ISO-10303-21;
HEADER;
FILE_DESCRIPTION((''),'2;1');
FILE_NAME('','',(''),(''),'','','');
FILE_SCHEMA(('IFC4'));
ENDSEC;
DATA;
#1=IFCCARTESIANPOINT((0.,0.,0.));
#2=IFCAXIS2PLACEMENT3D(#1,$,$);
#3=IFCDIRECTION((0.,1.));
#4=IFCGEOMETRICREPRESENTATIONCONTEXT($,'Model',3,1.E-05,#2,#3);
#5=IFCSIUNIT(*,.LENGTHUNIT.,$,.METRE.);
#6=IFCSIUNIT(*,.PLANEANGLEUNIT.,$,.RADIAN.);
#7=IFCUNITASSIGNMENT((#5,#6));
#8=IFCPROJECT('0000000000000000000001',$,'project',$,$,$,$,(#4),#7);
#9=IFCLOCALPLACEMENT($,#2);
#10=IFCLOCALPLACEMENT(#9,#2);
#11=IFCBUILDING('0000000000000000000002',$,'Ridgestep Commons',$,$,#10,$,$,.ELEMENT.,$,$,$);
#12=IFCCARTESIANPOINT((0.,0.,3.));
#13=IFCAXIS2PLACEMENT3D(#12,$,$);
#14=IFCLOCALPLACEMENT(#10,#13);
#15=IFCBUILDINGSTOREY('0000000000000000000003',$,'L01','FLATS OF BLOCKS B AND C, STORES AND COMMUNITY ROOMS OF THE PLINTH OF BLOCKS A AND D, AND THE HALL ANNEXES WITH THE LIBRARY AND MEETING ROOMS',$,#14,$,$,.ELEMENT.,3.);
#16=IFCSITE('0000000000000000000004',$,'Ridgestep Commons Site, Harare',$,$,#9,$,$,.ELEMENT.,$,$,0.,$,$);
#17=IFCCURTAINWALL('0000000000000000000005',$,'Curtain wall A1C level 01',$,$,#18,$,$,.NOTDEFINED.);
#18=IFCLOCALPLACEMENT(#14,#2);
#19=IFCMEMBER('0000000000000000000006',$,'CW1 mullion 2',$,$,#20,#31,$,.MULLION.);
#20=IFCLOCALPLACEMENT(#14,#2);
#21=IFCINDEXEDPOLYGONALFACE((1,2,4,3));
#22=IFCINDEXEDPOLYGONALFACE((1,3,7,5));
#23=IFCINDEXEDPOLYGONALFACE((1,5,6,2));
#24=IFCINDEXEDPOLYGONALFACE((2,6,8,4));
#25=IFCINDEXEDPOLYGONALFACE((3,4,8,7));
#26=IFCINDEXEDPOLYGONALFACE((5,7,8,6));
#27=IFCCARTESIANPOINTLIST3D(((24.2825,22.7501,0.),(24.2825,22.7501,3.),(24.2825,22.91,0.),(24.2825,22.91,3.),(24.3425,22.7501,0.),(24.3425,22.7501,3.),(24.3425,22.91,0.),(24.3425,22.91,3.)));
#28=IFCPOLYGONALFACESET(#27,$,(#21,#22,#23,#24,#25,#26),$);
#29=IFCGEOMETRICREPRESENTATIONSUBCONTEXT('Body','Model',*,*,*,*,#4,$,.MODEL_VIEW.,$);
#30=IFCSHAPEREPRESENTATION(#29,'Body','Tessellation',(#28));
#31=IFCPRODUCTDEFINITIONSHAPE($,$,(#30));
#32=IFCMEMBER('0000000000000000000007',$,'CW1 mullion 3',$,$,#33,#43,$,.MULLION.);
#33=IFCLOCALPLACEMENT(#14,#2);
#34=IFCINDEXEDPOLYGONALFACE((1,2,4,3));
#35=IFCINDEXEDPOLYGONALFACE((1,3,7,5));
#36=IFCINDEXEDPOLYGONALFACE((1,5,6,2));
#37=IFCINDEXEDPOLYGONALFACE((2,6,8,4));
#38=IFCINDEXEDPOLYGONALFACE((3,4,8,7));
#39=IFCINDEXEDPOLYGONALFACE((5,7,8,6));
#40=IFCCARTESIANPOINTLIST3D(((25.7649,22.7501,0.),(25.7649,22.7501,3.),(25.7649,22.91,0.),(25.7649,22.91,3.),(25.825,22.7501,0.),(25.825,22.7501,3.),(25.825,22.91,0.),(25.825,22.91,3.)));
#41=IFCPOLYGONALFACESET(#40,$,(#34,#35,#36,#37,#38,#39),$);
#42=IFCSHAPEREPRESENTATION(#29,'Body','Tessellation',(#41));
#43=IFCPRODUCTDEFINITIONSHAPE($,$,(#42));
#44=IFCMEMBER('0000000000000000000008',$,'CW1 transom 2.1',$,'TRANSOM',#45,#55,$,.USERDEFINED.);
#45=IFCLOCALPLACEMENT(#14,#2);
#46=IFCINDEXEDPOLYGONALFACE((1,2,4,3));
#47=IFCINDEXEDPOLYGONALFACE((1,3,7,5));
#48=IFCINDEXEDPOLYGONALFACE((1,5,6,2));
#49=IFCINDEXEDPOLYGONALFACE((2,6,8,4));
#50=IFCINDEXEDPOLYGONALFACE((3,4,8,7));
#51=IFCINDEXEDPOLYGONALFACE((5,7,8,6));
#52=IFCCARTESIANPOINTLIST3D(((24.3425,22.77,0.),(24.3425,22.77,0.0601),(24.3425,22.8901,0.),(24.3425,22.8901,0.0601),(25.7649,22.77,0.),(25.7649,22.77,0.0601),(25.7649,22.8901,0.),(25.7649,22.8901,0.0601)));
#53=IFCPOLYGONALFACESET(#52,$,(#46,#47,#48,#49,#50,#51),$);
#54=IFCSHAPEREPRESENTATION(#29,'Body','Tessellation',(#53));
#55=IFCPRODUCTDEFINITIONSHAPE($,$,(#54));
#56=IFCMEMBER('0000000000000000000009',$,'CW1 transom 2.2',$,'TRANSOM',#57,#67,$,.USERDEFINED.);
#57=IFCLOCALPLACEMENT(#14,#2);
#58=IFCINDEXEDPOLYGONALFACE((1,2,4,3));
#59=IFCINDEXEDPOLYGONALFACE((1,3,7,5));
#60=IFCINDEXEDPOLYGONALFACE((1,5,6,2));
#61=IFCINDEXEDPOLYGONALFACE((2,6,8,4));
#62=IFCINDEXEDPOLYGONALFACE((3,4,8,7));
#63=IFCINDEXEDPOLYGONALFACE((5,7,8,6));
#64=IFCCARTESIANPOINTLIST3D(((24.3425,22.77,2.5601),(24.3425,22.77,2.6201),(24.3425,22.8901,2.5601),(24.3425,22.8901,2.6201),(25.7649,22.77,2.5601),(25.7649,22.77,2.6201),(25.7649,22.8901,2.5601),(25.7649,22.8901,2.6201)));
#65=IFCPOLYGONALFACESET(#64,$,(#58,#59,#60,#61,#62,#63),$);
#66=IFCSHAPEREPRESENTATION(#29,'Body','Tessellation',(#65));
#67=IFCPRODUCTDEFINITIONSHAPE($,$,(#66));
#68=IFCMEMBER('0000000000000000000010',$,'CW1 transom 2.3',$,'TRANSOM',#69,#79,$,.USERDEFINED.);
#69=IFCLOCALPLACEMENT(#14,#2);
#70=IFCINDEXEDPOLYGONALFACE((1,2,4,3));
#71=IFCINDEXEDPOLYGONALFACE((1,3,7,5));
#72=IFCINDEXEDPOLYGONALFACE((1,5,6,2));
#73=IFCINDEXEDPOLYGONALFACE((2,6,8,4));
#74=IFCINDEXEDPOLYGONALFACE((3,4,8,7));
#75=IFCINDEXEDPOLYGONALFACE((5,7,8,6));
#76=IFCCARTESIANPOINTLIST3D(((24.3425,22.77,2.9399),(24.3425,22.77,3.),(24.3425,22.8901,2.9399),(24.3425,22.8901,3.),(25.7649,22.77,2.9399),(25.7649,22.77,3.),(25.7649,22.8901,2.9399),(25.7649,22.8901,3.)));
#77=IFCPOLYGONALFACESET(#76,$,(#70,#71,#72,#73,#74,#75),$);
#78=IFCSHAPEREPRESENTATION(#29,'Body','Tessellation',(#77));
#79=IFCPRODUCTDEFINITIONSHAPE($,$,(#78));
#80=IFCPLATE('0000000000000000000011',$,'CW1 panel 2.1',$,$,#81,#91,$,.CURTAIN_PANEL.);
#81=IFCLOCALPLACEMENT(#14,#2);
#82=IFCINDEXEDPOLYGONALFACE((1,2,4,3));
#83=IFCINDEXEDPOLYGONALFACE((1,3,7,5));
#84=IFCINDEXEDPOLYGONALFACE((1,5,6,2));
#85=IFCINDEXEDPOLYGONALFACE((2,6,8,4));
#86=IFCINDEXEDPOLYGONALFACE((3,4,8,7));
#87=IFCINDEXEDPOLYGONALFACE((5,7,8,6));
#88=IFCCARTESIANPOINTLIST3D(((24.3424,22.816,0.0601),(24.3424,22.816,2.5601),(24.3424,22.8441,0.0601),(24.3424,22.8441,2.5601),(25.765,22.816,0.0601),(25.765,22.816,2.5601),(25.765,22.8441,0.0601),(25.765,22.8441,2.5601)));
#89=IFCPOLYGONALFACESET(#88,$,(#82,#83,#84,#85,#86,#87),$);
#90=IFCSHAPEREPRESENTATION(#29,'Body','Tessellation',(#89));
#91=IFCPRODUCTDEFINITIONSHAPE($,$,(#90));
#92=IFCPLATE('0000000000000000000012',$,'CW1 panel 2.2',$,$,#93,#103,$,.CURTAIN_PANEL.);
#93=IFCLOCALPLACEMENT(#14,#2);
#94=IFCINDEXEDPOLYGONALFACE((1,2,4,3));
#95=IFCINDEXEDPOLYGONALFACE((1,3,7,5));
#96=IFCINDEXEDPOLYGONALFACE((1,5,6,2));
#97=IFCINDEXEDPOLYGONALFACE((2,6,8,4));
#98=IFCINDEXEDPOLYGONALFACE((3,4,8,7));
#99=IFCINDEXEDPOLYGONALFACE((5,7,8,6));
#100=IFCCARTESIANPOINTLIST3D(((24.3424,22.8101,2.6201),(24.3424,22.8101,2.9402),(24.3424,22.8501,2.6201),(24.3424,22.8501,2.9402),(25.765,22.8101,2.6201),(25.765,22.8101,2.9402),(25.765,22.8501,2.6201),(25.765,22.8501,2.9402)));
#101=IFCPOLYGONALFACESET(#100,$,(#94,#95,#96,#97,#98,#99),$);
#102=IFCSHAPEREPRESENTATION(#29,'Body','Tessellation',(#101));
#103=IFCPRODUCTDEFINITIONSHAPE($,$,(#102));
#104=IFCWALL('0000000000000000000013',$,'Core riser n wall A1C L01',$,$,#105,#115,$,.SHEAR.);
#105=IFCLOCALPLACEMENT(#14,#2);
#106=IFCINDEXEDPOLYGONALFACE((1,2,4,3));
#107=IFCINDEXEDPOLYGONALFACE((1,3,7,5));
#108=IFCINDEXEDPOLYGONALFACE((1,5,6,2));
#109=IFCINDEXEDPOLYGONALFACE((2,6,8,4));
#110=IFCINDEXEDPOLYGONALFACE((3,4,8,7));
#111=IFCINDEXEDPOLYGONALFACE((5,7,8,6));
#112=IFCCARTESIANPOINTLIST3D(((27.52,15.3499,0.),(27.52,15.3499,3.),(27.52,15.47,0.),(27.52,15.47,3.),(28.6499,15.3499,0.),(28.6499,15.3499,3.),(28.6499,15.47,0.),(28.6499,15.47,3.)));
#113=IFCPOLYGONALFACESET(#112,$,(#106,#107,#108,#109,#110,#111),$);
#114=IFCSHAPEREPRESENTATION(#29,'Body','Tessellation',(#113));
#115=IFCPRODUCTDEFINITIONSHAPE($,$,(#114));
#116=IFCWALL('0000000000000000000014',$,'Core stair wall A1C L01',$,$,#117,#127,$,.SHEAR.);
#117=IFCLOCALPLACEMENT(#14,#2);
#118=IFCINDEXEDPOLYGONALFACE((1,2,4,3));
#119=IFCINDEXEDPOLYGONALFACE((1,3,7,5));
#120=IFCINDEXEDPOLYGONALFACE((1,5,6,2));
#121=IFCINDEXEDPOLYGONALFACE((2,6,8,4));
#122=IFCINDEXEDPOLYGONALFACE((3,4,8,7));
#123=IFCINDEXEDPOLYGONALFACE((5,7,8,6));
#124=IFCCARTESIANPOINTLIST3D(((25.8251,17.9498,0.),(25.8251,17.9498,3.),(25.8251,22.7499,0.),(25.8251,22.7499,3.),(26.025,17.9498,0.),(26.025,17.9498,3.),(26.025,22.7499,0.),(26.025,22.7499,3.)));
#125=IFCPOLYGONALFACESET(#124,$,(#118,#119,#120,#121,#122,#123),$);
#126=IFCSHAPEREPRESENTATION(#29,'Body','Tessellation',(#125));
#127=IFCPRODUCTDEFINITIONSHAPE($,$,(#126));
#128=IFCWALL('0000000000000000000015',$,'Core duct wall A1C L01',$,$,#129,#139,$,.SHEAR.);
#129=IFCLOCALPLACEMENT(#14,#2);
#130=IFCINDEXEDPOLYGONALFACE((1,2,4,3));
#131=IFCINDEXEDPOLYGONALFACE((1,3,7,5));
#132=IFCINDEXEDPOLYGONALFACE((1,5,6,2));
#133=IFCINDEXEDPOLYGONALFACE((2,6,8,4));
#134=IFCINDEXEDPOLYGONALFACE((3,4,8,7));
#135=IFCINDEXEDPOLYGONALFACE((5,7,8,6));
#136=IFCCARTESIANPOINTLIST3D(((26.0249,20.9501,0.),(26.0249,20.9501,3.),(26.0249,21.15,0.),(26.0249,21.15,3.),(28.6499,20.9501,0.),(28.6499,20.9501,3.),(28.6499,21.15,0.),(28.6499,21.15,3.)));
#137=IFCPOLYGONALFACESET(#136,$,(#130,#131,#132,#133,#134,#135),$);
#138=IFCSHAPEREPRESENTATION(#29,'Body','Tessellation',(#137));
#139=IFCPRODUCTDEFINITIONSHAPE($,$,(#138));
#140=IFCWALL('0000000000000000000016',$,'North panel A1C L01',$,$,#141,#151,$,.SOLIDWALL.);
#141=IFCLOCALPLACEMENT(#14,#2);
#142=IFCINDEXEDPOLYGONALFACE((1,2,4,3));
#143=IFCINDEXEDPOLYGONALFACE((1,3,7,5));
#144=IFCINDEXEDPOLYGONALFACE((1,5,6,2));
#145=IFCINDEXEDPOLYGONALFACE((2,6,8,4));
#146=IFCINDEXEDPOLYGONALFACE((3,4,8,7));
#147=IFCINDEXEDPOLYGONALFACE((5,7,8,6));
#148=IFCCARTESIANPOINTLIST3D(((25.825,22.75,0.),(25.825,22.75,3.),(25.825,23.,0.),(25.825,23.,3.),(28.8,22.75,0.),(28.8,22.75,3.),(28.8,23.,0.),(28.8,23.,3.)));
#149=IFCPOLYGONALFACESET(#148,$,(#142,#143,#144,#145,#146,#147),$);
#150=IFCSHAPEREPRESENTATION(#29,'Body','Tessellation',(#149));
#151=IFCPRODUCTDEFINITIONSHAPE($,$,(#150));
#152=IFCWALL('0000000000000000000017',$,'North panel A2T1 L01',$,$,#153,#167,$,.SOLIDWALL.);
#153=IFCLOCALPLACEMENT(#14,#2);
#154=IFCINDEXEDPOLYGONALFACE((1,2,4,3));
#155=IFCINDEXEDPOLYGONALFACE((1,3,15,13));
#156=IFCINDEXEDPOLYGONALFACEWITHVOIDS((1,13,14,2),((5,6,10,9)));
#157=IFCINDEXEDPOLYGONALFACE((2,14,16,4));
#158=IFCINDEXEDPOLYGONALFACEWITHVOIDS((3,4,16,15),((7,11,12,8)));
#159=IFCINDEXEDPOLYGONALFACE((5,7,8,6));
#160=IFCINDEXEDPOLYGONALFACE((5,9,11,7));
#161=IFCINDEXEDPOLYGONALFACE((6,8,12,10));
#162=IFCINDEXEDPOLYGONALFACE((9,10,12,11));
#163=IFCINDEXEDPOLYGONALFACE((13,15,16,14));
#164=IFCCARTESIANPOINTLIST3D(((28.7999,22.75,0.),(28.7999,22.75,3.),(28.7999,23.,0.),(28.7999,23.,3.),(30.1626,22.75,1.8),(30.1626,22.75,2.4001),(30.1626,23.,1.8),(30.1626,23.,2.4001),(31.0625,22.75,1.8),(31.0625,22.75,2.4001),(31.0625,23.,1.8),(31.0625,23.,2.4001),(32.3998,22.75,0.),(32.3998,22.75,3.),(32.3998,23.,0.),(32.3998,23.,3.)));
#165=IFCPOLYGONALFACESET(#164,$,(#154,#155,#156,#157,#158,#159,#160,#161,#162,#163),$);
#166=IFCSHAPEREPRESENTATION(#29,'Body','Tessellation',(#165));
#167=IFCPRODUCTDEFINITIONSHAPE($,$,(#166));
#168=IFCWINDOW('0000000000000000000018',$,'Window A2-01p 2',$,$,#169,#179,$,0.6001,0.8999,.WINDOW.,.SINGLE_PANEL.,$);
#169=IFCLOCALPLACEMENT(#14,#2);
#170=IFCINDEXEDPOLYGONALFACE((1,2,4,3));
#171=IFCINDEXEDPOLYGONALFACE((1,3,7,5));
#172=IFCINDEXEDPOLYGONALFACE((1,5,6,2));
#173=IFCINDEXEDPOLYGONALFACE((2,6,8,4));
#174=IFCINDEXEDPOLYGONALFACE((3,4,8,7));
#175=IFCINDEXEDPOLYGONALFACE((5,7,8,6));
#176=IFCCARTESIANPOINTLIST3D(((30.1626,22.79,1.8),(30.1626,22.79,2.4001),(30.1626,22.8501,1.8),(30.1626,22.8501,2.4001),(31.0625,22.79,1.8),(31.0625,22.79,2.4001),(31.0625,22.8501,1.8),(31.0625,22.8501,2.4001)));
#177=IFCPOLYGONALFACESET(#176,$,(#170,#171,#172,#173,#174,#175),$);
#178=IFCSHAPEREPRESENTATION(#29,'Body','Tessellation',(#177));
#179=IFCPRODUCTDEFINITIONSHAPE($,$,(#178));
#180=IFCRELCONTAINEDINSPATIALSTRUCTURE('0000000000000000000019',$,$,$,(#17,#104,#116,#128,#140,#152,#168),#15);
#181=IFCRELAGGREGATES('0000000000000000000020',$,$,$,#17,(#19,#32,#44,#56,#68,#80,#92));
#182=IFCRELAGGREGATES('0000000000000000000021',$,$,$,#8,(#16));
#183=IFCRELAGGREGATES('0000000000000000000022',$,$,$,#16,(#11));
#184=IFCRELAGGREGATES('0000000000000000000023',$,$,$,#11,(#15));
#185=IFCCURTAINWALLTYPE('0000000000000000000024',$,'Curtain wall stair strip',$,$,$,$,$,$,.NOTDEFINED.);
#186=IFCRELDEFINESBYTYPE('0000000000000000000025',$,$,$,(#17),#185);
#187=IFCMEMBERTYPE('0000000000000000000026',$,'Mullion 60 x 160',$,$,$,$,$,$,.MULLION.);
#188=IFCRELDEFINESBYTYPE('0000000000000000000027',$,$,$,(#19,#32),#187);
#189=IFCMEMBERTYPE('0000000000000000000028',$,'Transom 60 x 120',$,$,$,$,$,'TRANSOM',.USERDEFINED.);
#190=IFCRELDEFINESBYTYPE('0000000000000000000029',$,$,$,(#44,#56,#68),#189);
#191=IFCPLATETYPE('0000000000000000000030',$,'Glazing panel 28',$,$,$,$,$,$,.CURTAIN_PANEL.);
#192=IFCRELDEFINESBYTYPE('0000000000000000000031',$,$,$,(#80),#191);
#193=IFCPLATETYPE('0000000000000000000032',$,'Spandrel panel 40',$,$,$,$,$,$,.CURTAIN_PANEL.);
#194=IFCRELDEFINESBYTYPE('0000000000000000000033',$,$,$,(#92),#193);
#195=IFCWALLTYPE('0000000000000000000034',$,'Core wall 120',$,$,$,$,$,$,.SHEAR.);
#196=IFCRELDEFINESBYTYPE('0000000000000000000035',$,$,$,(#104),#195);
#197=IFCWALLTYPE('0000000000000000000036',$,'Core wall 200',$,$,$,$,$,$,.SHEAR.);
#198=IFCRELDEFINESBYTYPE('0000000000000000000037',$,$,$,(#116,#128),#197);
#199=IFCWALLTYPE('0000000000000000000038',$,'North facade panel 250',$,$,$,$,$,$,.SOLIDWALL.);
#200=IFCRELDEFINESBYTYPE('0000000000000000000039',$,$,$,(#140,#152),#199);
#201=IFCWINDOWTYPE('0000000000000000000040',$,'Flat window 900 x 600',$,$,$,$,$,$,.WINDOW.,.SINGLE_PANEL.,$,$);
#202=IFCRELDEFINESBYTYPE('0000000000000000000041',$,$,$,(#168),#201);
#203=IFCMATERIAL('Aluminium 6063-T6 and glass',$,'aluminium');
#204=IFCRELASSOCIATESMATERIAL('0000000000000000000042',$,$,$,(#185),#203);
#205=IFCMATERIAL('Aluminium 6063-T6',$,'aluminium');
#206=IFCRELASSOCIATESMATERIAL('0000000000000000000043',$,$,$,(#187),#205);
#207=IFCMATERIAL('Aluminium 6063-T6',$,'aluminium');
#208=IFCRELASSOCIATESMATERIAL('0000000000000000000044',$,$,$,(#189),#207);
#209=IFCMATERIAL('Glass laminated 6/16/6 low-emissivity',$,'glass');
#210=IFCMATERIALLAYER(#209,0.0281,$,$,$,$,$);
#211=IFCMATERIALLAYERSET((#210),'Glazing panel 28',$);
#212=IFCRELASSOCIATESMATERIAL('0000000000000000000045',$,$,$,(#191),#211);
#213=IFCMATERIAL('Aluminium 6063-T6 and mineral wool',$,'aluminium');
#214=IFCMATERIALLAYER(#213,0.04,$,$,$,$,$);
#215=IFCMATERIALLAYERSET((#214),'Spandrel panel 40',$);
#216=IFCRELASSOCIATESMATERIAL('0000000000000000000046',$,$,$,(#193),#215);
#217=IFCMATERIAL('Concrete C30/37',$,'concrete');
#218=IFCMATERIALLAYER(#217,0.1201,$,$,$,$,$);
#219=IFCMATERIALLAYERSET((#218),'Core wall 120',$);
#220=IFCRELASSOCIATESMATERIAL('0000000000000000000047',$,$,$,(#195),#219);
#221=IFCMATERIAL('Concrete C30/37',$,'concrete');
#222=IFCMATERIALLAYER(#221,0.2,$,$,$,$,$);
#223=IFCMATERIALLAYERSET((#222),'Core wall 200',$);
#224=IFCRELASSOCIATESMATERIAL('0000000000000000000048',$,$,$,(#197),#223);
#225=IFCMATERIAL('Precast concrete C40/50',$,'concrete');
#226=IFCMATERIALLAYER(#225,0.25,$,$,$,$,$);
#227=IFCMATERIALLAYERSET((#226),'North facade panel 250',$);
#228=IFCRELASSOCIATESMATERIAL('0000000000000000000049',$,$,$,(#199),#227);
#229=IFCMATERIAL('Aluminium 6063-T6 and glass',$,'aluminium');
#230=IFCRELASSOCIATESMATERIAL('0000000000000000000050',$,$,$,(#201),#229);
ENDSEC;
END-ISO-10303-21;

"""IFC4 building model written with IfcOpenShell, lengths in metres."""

from ifc_helpers import new_model, si_unit, direction, frame, frame_2d, origin, origin_2d, place, context, subcontext, project, spatial, rectangle, extrude, material, layer, layer_set, material_profile, profile_set, type_object, element, fill, aggregate, save


model = new_model("IFC4")

# Units and contexts
model_context = context("Model", 3, precision=1e-05, world=origin(), true_north=direction((0.0, 1.0)))
body_context = subcontext(model_context, "Body", "Model", "MODEL_VIEW")
ifc_project = project(units=[si_unit("LENGTHUNIT", "METRE"), si_unit("PLANEANGLEUNIT", "RADIAN")], contexts=[model_context])

# Site, building, storey
site_placement = place(None, origin())
site = spatial("IfcSite", under=ifc_project, at=site_placement, Name="Ridgestep Commons Site, Harare", CompositionType="ELEMENT", RefElevation=0.0)
building_placement = place(site_placement, origin())
building = spatial("IfcBuilding", under=site, at=building_placement, Name="Ridgestep Commons", CompositionType="ELEMENT")
storey_placement = place(building_placement, frame((0.0, 0.0, 3.0)))
storey = spatial("IfcBuildingStorey", under=building, at=storey_placement, Name="L01", Description="FLATS OF BLOCKS B AND C, STORES AND COMMUNITY ROOMS OF THE PLINTH OF BLOCKS A AND D, AND THE HALL ANNEXES WITH THE LIBRARY AND MEETING ROOMS", CompositionType="ELEMENT", Elevation=3.0)

# Curtain wall, members, plates
ifc_material_1 = material(Name="Aluminium 6063-T6 and glass", Category="aluminium")
curtain_wall_type = type_object("IfcCurtainWallType", Name="Curtain wall stair strip", PredefinedType="NOTDEFINED", material=ifc_material_1)
curtain_wall_placement = place(storey_placement, origin())
curtain_wall = element("IfcCurtainWall", 1, at=curtain_wall_placement, inside=storey, type_object=curtain_wall_type, Name="Curtain wall A1C level 01", PredefinedType="NOTDEFINED")
ifc_material_2 = material(Name="Aluminium 6063-T6", Category="aluminium")
ifc_material_profile_1 = material_profile(ifc_material_2, rectangle(XDim=0.1599, YDim=0.0601, at=origin_2d()), Name="Mullion 60 x 160")
ifc_profile_set_1 = profile_set([ifc_material_profile_1], Name="Aluminium 6063-T6")
member_type_1 = type_object("IfcMemberType", Name="Mullion 60 x 160", PredefinedType="MULLION", material=ifc_profile_set_1)
member_1_placement = place(storey_placement, frame((24.3125, 22.8301, 0.0), z_axis=(0.0, 0.0, 1.0), x_axis=(0.0, 1.0, 0.0)))
member_1 = element("IfcMember", 2, at=member_1_placement, type_object=member_type_1, Name="CW1 mullion 2", PredefinedType="MULLION", context=body_context, shape_type="SweptSolid", body=[
    extrude(rectangle(XDim=0.1599, YDim=0.0601, at=origin_2d()), origin(), (0.0, 0.0, 1.0), 3.0),
])
member_2_placement = place(storey_placement, frame((25.7949, 22.8301, 0.0), z_axis=(0.0, 0.0, 1.0), x_axis=(0.0, 1.0, 0.0)))
member_2 = element("IfcMember", 3, at=member_2_placement, type_object=member_type_1, Name="CW1 mullion 3", PredefinedType="MULLION", context=body_context, shape_type="SweptSolid", body=[
    extrude(rectangle(XDim=0.1599, YDim=0.0601, at=origin_2d()), origin(), (0.0, 0.0, 1.0), 3.0),
])
ifc_material_3 = material(Name="Aluminium 6063-T6", Category="aluminium")
ifc_material_profile_2 = material_profile(ifc_material_3, rectangle(XDim=0.1201, YDim=0.0601, at=origin_2d()), Name="Transom 60 x 120")
ifc_profile_set_2 = profile_set([ifc_material_profile_2], Name="Aluminium 6063-T6")
member_type_2 = type_object("IfcMemberType", Name="Transom 60 x 120", ElementType="TRANSOM", PredefinedType="USERDEFINED", material=ifc_profile_set_2)
member_3_placement = place(storey_placement, frame((24.3425, 22.8301, 0.03), z_axis=(1.0, 0.0, 0.0), x_axis=(0.0, 1.0, 0.0)))
member_3 = element("IfcMember", 4, at=member_3_placement, type_object=member_type_2, Name="CW1 transom 2.1", ObjectType="TRANSOM", PredefinedType="USERDEFINED", context=body_context, shape_type="SweptSolid", body=[
    extrude(rectangle(XDim=0.1201, YDim=0.0601, at=origin_2d()), origin(), (0.0, 0.0, 1.0), 1.4224),
])
member_4_placement = place(storey_placement, frame((24.3425, 22.8301, 2.5901), z_axis=(1.0, 0.0, 0.0), x_axis=(0.0, 1.0, 0.0)))
member_4 = element("IfcMember", 5, at=member_4_placement, type_object=member_type_2, Name="CW1 transom 2.2", ObjectType="TRANSOM", PredefinedType="USERDEFINED", context=body_context, shape_type="SweptSolid", body=[
    extrude(rectangle(XDim=0.1201, YDim=0.0601, at=origin_2d()), origin(), (0.0, 0.0, 1.0), 1.4224),
])
member_5_placement = place(storey_placement, frame((24.3425, 22.8301, 2.97), z_axis=(1.0, 0.0, 0.0), x_axis=(0.0, 1.0, 0.0)))
member_5 = element("IfcMember", 6, at=member_5_placement, type_object=member_type_2, Name="CW1 transom 2.3", ObjectType="TRANSOM", PredefinedType="USERDEFINED", context=body_context, shape_type="SweptSolid", body=[
    extrude(rectangle(XDim=0.1201, YDim=0.0601, at=origin_2d()), origin(), (0.0, 0.0, 1.0), 1.4224),
])
ifc_material_4 = material(Name="Glass laminated 6/16/6 low-emissivity", Category="glass")
ifc_layer_1 = layer(ifc_material_4, 0.0281)
ifc_layer_set_1 = layer_set([ifc_layer_1], Name="Glazing panel 28")
plate_type_1 = type_object("IfcPlateType", Name="Glazing panel 28", PredefinedType="CURTAIN_PANEL", material=ifc_layer_set_1)
plate_1_placement = place(storey_placement, frame((25.0537, 22.8301, 0.0601), z_axis=(0.0, 0.0, 1.0), x_axis=(1.0, 0.0, 0.0)))
plate_1 = element("IfcPlate", 7, at=plate_1_placement, type_object=plate_type_1, Name="CW1 panel 2.1", PredefinedType="CURTAIN_PANEL", context=body_context, shape_type="SweptSolid", body=[
    extrude(rectangle(XDim=1.4226, YDim=0.0281, at=origin_2d()), origin(), (0.0, 0.0, 1.0), 2.5),
])
ifc_material_5 = material(Name="Aluminium 6063-T6 and mineral wool", Category="aluminium")
ifc_layer_2 = layer(ifc_material_5, 0.04)
ifc_layer_set_2 = layer_set([ifc_layer_2], Name="Spandrel panel 40")
plate_type_2 = type_object("IfcPlateType", Name="Spandrel panel 40", PredefinedType="CURTAIN_PANEL", material=ifc_layer_set_2)
plate_2_placement = place(storey_placement, frame((25.0537, 22.8301, 2.6201), z_axis=(0.0, 0.0, 1.0), x_axis=(1.0, 0.0, 0.0)))
plate_2 = element("IfcPlate", 8, at=plate_2_placement, type_object=plate_type_2, Name="CW1 panel 2.2", PredefinedType="CURTAIN_PANEL", context=body_context, shape_type="SweptSolid", body=[
    extrude(rectangle(XDim=1.4226, YDim=0.04, at=origin_2d()), origin(), (0.0, 0.0, 1.0), 0.3201),
])
aggregate(curtain_wall, [member_1, member_2, member_3, member_4, member_5, plate_1, plate_2])

# Walls
ifc_material_6 = material(Name="Concrete C30/37", Category="concrete")
ifc_layer_3 = layer(ifc_material_6, 0.1201)
ifc_layer_set_3 = layer_set([ifc_layer_3], Name="Core wall 120")
wall_type_1 = type_object("IfcWallType", Name="Core wall 120", PredefinedType="SHEAR", material=ifc_layer_set_3)
wall_1_placement = place(storey_placement, frame((27.52, 15.4099, 0.0), z_axis=(0.0, 0.0, 1.0), x_axis=(1.0, 0.0, 0.0)))
element("IfcWall", 9, at=wall_1_placement, inside=storey, type_object=wall_type_1, Name="Core riser n wall A1C L01", PredefinedType="SHEAR", context=body_context, shape_type="SweptSolid", body=[
    extrude(rectangle(XDim=1.1299, YDim=0.1201, at=frame_2d((0.5649, 0.0))), origin(), (0.0, 0.0, 1.0), 3.0),
])
ifc_material_7 = material(Name="Concrete C30/37", Category="concrete")
ifc_layer_4 = layer(ifc_material_7, 0.2)
ifc_layer_set_4 = layer_set([ifc_layer_4], Name="Core wall 200")
wall_type_2 = type_object("IfcWallType", Name="Core wall 200", PredefinedType="SHEAR", material=ifc_layer_set_4)
wall_2_placement = place(storey_placement, frame((25.925, 17.95, 0.0), z_axis=(0.0, 0.0, 1.0), x_axis=(0.0, 1.0, 0.0)))
element("IfcWall", 10, at=wall_2_placement, inside=storey, type_object=wall_type_2, Name="Core stair wall A1C L01", PredefinedType="SHEAR", context=body_context, shape_type="SweptSolid", body=[
    extrude(rectangle(XDim=4.8, YDim=0.2, at=frame_2d((2.3999, 0.0))), origin(), (0.0, 0.0, 1.0), 3.0),
])
wall_3_placement = place(storey_placement, frame((26.0249, 21.05, 0.0), z_axis=(0.0, 0.0, 1.0), x_axis=(1.0, 0.0, 0.0)))
element("IfcWall", 11, at=wall_3_placement, inside=storey, type_object=wall_type_2, Name="Core duct wall A1C L01", PredefinedType="SHEAR", context=body_context, shape_type="SweptSolid", body=[
    extrude(rectangle(XDim=2.625, YDim=0.2, at=frame_2d((1.3125, 0.0))), origin(), (0.0, 0.0, 1.0), 3.0),
])
ifc_material_8 = material(Name="Precast concrete C40/50", Category="concrete")
ifc_layer_5 = layer(ifc_material_8, 0.25)
ifc_layer_set_5 = layer_set([ifc_layer_5], Name="North facade panel 250")
wall_type_3 = type_object("IfcWallType", Name="North facade panel 250", PredefinedType="SOLIDWALL", material=ifc_layer_set_5)
wall_4_placement = place(storey_placement, frame((25.825, 22.875, 0.0), z_axis=(0.0, 0.0, 1.0), x_axis=(1.0, 0.0, 0.0)))
element("IfcWall", 12, at=wall_4_placement, inside=storey, type_object=wall_type_3, Name="North panel A1C L01", PredefinedType="SOLIDWALL", context=body_context, shape_type="SweptSolid", body=[
    extrude(rectangle(XDim=2.9751, YDim=0.25, at=frame_2d((1.4875, 0.0))), origin(), (0.0, 0.0, 1.0), 3.0),
])

# Wall, opening, window
wall_5_placement = place(storey_placement, frame((28.8, 22.875, 0.0), z_axis=(0.0, 0.0, 1.0), x_axis=(1.0, 0.0, 0.0)))
wall_5 = element("IfcWall", 13, at=wall_5_placement, inside=storey, type_object=wall_type_3, Name="North panel A2T1 L01", PredefinedType="SOLIDWALL", context=body_context, shape_type="SweptSolid", body=[
    extrude(rectangle(XDim=3.5999, YDim=0.25, at=frame_2d((1.7998, 0.0))), origin(), (0.0, 0.0, 1.0), 3.0),
])
opening_1_placement = place(wall_5_placement, frame((1.3625, 0.0, 1.8)))
opening_1 = element("IfcOpeningElement", 14, at=opening_1_placement, cuts=wall_5, PredefinedType="OPENING", context=body_context, shape_type="SweptSolid", body=[
    extrude(rectangle(XDim=0.8999, YDim=0.6001, at=frame_2d((0.45, 0.3))), frame((0.0, 0.135, 0.0), z_axis=(0.0, -1.0, 0.0), x_axis=(1.0, 0.0, 0.0)), (0.0, 0.0, 1.0), 0.27),
])
ifc_material_9 = material(Name="Aluminium 6063-T6 and glass", Category="aluminium")
window_type = type_object("IfcWindowType", Name="Flat window 900 x 600", PartitioningType="SINGLE_PANEL", PredefinedType="WINDOW", material=ifc_material_9)
window_placement = place(opening_1_placement, origin())
window = element("IfcWindow", 15, at=window_placement, inside=storey, type_object=window_type, Name="Window A2-01p 2", OverallHeight=0.6001, OverallWidth=0.8999, PartitioningType="SINGLE_PANEL", PredefinedType="WINDOW", context=body_context, shape_type="SweptSolid", body=[
    extrude(rectangle(XDim=0.8999, YDim=0.6001, at=frame_2d((0.45, 0.3))), frame((0.0, -0.0249, 0.0), z_axis=(0.0, -1.0, 0.0), x_axis=(1.0, 0.0, 0.0)), (0.0, 0.0, 1.0), 0.0601),
])
fill(opening_1, window)

save(model, "model.ifc")
